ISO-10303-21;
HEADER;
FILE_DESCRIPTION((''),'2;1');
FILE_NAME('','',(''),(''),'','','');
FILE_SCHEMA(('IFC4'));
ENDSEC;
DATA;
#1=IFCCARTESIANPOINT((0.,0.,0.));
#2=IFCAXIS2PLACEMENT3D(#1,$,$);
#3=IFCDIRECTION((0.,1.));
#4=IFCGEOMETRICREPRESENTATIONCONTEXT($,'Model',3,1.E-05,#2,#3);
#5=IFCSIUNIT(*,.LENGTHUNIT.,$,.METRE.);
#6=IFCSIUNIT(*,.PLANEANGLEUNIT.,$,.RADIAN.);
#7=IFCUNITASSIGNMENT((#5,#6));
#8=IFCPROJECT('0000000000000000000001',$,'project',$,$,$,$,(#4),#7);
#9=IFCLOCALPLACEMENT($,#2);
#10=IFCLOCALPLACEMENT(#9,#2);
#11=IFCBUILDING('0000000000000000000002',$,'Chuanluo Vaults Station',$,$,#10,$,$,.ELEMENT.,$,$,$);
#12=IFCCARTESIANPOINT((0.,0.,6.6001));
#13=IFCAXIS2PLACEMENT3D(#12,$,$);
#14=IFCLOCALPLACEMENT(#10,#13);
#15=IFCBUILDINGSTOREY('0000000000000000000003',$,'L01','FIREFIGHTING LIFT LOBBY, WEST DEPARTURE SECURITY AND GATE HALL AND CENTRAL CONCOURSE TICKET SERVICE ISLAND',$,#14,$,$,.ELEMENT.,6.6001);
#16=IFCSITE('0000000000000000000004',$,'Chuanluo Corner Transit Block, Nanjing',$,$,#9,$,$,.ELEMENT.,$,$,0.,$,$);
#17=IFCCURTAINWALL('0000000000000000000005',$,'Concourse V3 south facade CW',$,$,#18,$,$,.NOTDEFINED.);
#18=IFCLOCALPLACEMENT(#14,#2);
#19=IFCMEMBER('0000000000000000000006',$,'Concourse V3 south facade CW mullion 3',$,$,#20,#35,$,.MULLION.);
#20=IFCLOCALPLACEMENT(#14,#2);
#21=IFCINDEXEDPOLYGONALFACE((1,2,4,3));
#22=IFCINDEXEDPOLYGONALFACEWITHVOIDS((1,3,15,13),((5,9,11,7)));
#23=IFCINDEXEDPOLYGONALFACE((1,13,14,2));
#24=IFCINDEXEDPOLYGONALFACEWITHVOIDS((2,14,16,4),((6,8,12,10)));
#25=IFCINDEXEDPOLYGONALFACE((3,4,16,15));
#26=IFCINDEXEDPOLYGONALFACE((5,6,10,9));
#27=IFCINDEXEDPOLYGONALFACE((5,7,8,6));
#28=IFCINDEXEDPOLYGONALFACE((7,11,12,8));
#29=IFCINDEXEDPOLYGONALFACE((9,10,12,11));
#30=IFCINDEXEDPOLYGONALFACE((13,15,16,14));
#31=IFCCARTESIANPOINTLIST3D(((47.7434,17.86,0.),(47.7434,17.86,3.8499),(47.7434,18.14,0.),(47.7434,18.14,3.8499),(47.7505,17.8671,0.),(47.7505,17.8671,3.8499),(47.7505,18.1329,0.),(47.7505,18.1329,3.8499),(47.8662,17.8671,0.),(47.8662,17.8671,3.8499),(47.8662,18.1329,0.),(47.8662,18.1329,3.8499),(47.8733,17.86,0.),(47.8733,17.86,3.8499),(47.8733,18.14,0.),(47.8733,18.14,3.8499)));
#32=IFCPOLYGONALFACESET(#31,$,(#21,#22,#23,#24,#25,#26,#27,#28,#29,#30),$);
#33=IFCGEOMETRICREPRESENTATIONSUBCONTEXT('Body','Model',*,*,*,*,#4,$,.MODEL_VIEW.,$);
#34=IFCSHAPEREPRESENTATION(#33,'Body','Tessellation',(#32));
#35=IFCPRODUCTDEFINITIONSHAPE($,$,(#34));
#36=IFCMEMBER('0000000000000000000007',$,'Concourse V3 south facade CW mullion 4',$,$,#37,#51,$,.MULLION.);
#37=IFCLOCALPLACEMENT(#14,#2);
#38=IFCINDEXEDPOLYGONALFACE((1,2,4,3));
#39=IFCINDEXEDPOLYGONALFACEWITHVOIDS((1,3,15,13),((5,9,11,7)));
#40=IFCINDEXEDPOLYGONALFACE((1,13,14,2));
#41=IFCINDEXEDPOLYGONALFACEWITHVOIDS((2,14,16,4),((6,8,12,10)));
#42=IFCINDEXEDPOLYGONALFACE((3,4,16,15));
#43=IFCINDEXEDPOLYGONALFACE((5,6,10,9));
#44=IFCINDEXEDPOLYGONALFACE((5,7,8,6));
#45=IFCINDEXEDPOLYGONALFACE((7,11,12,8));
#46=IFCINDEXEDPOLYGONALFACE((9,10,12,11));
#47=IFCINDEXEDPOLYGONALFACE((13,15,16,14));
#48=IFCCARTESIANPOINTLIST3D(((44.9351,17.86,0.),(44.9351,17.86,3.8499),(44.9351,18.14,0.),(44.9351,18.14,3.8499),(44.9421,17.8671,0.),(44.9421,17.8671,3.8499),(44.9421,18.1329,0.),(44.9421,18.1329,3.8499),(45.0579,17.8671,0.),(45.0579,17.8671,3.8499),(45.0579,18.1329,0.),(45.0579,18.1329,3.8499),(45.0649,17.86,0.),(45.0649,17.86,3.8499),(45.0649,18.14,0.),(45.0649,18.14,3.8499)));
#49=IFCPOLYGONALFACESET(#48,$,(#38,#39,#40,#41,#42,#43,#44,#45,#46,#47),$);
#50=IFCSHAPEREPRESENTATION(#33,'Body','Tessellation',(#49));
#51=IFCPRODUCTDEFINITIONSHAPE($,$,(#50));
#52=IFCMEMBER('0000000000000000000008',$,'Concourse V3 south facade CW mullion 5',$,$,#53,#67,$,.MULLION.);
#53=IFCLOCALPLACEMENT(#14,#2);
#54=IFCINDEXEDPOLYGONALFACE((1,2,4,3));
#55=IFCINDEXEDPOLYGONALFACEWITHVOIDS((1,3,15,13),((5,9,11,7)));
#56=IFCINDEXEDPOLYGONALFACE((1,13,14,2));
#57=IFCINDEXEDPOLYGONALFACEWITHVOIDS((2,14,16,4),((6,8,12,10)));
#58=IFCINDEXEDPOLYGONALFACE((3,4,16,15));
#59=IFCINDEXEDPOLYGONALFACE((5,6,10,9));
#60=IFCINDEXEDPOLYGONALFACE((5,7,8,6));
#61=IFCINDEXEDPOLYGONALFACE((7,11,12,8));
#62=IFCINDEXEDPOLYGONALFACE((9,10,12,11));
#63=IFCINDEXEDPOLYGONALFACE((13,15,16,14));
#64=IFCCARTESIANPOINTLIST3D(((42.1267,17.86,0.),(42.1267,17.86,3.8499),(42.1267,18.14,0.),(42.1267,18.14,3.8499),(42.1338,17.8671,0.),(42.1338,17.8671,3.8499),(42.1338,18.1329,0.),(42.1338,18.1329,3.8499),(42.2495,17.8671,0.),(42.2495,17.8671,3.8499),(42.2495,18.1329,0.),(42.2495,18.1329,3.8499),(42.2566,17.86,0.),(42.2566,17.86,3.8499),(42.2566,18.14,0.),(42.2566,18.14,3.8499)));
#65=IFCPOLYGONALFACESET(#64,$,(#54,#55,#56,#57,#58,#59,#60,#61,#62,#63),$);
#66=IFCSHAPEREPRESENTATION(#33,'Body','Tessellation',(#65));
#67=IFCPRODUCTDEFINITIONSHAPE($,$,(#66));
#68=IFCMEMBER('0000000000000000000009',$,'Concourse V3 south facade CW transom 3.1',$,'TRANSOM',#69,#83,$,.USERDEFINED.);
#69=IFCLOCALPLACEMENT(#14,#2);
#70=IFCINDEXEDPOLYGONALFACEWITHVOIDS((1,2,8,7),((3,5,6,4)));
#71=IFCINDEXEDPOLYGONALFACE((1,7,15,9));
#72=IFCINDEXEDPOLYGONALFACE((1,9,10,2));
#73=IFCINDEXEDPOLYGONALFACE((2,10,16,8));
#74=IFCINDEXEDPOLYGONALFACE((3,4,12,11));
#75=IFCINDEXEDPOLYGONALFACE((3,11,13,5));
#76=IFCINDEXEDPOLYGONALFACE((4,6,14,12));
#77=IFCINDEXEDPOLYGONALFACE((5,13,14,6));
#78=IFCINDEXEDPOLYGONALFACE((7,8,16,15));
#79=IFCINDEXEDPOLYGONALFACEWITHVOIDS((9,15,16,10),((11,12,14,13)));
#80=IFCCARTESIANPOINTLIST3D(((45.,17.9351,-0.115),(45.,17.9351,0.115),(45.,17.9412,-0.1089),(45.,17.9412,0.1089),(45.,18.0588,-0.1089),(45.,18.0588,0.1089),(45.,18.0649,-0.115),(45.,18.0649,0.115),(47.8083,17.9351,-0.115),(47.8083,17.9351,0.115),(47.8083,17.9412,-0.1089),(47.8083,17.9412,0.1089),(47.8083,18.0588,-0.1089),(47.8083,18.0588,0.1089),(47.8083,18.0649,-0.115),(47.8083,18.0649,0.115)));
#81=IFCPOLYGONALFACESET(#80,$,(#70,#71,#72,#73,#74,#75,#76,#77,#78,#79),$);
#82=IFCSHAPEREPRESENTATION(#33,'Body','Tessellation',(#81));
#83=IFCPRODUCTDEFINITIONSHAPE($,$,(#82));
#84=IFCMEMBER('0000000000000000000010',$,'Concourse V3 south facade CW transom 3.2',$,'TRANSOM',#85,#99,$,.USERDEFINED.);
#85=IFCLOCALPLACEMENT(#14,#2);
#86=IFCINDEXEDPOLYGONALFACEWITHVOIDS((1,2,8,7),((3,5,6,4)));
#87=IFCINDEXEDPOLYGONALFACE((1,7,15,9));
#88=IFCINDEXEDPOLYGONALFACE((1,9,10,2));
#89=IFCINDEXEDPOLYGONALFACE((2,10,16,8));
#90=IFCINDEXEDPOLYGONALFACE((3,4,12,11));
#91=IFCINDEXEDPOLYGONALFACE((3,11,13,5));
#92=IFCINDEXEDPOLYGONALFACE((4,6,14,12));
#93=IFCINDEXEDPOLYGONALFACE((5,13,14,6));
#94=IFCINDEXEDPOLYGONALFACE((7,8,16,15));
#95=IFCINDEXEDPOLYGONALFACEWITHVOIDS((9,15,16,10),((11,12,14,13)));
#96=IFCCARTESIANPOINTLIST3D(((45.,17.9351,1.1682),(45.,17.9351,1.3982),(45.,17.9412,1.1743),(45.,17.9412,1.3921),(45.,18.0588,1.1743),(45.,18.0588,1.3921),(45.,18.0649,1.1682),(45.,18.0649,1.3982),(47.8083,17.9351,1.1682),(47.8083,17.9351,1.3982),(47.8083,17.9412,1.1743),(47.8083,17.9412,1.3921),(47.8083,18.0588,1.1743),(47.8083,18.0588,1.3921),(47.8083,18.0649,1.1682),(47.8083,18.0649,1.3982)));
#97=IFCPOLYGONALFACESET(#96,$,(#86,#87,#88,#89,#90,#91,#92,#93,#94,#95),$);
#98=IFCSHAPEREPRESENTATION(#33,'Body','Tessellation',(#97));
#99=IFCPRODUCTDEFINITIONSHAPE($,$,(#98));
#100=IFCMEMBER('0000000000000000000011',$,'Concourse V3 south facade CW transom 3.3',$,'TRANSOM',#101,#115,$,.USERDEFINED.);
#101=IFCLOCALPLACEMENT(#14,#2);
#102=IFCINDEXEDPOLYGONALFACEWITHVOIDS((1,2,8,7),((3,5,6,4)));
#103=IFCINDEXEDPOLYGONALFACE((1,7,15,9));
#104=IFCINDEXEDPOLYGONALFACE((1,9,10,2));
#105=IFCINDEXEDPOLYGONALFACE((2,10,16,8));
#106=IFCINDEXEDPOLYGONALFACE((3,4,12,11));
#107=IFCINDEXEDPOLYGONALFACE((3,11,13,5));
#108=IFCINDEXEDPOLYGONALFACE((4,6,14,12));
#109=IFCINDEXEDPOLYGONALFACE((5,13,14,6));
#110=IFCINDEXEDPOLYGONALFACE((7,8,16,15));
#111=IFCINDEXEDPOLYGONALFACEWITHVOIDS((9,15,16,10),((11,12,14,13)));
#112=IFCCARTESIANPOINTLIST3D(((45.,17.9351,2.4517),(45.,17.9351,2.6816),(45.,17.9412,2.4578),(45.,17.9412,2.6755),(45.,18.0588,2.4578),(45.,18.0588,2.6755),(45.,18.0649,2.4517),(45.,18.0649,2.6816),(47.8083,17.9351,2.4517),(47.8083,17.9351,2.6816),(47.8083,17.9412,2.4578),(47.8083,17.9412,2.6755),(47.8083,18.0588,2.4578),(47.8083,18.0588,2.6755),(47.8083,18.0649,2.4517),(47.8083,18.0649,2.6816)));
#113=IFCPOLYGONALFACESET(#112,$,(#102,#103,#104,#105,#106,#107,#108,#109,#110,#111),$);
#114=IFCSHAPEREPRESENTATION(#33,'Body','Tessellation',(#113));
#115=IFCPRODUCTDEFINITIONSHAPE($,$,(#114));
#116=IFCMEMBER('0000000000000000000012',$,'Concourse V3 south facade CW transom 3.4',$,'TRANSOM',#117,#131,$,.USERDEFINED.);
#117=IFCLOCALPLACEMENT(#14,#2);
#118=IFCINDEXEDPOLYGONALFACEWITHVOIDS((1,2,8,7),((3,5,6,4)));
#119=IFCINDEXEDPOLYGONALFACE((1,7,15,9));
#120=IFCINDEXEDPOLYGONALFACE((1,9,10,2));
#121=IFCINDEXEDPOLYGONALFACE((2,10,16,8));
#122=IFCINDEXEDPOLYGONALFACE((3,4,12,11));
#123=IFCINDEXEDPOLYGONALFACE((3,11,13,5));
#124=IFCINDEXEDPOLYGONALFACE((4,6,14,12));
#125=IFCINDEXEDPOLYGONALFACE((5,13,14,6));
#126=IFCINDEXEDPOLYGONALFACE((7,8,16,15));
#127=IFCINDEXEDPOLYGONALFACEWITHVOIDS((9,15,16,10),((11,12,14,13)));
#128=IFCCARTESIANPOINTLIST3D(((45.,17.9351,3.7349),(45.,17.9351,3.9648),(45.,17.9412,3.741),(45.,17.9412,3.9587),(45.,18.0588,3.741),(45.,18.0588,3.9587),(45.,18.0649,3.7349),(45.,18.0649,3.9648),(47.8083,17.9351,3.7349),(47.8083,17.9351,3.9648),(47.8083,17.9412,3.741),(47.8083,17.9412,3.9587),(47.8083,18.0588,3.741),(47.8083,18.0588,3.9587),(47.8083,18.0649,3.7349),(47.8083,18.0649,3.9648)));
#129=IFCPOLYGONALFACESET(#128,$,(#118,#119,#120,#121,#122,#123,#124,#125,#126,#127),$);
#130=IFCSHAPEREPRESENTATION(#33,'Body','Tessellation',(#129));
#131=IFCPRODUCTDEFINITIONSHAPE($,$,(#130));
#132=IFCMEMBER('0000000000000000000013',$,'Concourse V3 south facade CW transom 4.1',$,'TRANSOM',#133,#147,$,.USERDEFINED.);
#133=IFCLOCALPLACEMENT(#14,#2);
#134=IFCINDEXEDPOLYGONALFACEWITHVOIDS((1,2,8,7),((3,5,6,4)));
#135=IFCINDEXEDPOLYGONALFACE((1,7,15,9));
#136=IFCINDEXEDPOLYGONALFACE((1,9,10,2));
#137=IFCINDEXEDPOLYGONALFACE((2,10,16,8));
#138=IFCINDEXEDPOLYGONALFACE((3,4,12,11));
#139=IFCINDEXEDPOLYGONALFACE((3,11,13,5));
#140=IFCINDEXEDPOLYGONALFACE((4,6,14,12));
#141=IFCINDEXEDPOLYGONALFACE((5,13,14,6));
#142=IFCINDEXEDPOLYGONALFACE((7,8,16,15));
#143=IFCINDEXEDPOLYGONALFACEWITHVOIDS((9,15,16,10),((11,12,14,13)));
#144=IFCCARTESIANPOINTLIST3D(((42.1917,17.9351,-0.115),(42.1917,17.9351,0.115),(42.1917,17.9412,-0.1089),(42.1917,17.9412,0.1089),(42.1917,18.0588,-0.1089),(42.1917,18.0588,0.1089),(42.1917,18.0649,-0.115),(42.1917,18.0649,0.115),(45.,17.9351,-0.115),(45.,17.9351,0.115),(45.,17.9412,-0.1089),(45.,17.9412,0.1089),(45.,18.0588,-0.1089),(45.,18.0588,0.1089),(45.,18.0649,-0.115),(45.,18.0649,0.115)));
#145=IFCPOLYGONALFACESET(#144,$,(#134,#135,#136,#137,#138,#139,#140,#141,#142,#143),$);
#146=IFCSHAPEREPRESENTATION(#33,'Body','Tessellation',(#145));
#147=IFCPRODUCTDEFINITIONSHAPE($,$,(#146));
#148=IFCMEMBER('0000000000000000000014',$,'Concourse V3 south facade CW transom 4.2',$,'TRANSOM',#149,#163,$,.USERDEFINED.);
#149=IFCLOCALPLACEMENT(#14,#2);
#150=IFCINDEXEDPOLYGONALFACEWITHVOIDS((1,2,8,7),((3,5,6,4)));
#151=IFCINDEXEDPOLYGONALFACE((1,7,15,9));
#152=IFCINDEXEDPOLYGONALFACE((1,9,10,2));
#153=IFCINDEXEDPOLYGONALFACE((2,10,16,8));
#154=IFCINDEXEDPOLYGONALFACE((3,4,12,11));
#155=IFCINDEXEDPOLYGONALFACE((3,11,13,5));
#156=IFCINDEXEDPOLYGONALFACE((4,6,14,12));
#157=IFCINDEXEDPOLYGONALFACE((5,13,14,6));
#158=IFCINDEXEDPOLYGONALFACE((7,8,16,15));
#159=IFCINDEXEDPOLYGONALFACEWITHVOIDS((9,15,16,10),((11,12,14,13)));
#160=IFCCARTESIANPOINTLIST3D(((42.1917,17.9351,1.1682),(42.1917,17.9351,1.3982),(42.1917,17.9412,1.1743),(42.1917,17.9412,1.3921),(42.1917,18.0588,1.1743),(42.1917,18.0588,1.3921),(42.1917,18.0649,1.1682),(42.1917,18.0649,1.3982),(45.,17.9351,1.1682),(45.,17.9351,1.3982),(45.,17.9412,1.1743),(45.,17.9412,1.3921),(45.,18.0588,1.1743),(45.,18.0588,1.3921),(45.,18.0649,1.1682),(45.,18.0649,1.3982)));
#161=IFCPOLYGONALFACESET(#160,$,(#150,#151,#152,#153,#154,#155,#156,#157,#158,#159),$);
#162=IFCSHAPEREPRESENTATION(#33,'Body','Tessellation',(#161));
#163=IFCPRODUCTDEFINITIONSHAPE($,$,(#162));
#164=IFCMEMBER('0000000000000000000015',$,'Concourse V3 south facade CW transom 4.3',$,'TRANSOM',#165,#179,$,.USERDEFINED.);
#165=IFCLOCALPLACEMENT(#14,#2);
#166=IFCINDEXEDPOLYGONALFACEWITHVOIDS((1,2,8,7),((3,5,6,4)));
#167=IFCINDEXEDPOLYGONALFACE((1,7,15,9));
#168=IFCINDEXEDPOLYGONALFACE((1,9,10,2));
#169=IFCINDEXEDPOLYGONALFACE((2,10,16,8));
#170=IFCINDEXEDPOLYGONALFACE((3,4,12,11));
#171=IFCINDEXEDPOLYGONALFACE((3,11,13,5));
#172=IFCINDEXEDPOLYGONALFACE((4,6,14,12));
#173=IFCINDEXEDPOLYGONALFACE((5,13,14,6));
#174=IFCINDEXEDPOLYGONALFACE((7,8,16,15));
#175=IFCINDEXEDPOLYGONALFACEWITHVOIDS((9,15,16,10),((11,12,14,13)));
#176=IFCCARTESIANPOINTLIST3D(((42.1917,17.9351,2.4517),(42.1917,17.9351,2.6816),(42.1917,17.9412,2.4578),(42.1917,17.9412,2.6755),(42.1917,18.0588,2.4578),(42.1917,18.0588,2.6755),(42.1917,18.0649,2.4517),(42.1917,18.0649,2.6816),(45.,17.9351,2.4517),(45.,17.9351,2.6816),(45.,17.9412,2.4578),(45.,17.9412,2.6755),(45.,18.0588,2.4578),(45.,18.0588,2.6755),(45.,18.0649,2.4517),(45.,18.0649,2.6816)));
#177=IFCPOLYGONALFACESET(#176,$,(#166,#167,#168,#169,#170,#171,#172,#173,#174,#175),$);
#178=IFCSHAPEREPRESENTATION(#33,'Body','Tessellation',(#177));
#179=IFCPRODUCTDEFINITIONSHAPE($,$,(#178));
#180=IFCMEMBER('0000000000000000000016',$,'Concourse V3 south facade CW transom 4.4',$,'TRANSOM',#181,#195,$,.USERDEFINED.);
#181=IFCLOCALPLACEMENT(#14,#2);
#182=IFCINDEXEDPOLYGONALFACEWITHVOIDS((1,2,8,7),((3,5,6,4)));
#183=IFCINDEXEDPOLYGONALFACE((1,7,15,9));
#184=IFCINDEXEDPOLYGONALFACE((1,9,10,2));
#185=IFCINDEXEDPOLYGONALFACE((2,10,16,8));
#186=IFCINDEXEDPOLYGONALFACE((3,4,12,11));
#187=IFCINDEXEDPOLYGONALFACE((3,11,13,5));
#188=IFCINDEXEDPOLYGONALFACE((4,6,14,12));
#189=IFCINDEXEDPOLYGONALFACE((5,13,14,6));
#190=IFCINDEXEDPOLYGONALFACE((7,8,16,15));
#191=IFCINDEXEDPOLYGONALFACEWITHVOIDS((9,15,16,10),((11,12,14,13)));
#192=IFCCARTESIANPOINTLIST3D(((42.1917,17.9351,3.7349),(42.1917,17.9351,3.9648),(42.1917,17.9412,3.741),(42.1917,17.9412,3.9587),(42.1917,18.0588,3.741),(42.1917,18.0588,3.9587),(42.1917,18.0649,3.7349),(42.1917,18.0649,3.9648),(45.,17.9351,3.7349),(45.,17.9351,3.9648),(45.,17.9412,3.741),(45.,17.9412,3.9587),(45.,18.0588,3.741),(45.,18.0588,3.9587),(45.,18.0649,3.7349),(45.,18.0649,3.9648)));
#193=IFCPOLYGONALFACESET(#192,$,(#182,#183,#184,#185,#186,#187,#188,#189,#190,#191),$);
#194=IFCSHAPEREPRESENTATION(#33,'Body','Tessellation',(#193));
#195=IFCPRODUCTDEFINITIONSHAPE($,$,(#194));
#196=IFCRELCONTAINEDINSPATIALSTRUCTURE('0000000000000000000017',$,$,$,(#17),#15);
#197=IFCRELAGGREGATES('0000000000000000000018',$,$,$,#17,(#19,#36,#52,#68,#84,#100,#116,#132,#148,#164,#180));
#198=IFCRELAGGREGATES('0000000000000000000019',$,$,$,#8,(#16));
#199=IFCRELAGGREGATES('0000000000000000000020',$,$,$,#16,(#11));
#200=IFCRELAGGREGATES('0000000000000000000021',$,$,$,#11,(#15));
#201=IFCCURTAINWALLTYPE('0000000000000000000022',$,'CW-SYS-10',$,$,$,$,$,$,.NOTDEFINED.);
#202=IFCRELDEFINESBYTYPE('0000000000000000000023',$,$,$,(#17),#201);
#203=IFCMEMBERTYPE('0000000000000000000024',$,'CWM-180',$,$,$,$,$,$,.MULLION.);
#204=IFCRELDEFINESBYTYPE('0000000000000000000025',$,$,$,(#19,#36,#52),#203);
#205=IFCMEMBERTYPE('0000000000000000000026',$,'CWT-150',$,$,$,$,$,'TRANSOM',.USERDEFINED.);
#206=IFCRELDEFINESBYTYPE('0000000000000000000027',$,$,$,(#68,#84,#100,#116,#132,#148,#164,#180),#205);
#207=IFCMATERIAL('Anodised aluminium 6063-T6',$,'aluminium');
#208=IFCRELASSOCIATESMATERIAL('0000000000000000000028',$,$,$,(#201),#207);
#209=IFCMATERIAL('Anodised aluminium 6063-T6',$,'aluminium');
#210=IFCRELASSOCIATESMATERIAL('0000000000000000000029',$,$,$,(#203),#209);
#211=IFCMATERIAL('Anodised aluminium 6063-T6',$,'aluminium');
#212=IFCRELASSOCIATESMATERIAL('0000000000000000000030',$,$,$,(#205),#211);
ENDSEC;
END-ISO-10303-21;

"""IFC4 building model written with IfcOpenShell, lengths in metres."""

from ifc_helpers import new_model, si_unit, direction, frame, origin, origin_2d, place, context, subcontext, project, spatial, hollow_rectangle, extrude, material, material_profile, profile_set, type_object, element, aggregate, save


model = new_model("IFC4")

# Units and contexts
model_context = context("Model", 3, precision=1e-05, world=origin(), true_north=direction((0.0, 1.0)))
body_context = subcontext(model_context, "Body", "Model", "MODEL_VIEW")
ifc_project = project(units=[si_unit("LENGTHUNIT", "METRE"), si_unit("PLANEANGLEUNIT", "RADIAN")], contexts=[model_context])

# Site, building, storey
site_placement = place(None, origin())
site = spatial("IfcSite", under=ifc_project, at=site_placement, Name="Chuanluo Corner Transit Block, Nanjing", CompositionType="ELEMENT", RefElevation=0.0)
building_placement = place(site_placement, origin())
building = spatial("IfcBuilding", under=site, at=building_placement, Name="Chuanluo Vaults Station", CompositionType="ELEMENT")
storey_placement = place(building_placement, frame((0.0, 0.0, 6.6001)))
storey = spatial("IfcBuildingStorey", under=building, at=storey_placement, Name="L01", Description="FIREFIGHTING LIFT LOBBY, WEST DEPARTURE SECURITY AND GATE HALL AND CENTRAL CONCOURSE TICKET SERVICE ISLAND", CompositionType="ELEMENT", Elevation=6.6001)

# Curtain wall, members
ifc_material_1 = material(Name="Anodised aluminium 6063-T6", Category="aluminium")
curtain_wall_type = type_object("IfcCurtainWallType", Name="CW-SYS-10", PredefinedType="NOTDEFINED", material=ifc_material_1)
curtain_wall_placement = place(storey_placement, origin())
curtain_wall = element("IfcCurtainWall", 1, at=curtain_wall_placement, inside=storey, type_object=curtain_wall_type, Name="Concourse V3 south facade CW", PredefinedType="NOTDEFINED")
ifc_material_2 = material(Name="Anodised aluminium 6063-T6", Category="aluminium")
ifc_material_profile_1 = material_profile(ifc_material_2, hollow_rectangle(XDim=0.1299, YDim=0.28, WallThickness=0.0071, at=origin_2d()))
ifc_profile_set_1 = profile_set([ifc_material_profile_1], Name="Anodised aluminium 6063-T6")
member_type_1 = type_object("IfcMemberType", Name="CWM-180", PredefinedType="MULLION", material=ifc_profile_set_1)
member_1_placement = place(storey_placement, frame((47.8083, 18.0, 0.0), z_axis=(0.0, 0.0, 1.0), x_axis=(-1.0, 0.0, 0.0)))
member_1 = element("IfcMember", 2, at=member_1_placement, type_object=member_type_1, Name="Concourse V3 south facade CW mullion 3", PredefinedType="MULLION", context=body_context, shape_type="SweptSolid", body=[
    extrude(hollow_rectangle(XDim=0.1299, YDim=0.28, WallThickness=0.0071, at=origin_2d()), origin(), (0.0, 0.0, 1.0), 3.8499),
])
member_2_placement = place(storey_placement, frame((45.0, 18.0, 0.0), z_axis=(0.0, 0.0, 1.0), x_axis=(-1.0, 0.0, 0.0)))
member_2 = element("IfcMember", 3, at=member_2_placement, type_object=member_type_1, Name="Concourse V3 south facade CW mullion 4", PredefinedType="MULLION", context=body_context, shape_type="SweptSolid", body=[
    extrude(hollow_rectangle(XDim=0.1299, YDim=0.28, WallThickness=0.0071, at=origin_2d()), origin(), (0.0, 0.0, 1.0), 3.8499),
])
member_3_placement = place(storey_placement, frame((42.1917, 18.0, 0.0), z_axis=(0.0, 0.0, 1.0), x_axis=(-1.0, 0.0, 0.0)))
member_3 = element("IfcMember", 4, at=member_3_placement, type_object=member_type_1, Name="Concourse V3 south facade CW mullion 5", PredefinedType="MULLION", context=body_context, shape_type="SweptSolid", body=[
    extrude(hollow_rectangle(XDim=0.1299, YDim=0.28, WallThickness=0.0071, at=origin_2d()), origin(), (0.0, 0.0, 1.0), 3.8499),
])
ifc_material_3 = material(Name="Anodised aluminium 6063-T6", Category="aluminium")
ifc_material_profile_2 = material_profile(ifc_material_3, hollow_rectangle(XDim=0.1299, YDim=0.23, WallThickness=0.0061, at=origin_2d()))
ifc_profile_set_2 = profile_set([ifc_material_profile_2], Name="Anodised aluminium 6063-T6")
member_type_2 = type_object("IfcMemberType", Name="CWT-150", ElementType="TRANSOM", PredefinedType="USERDEFINED", material=ifc_profile_set_2)
member_4_placement = place(storey_placement, frame((47.8083, 18.0, 0.0), z_axis=(-1.0, 0.0, 0.0), x_axis=(0.0, -1.0, 0.0)))
member_4 = element("IfcMember", 5, at=member_4_placement, type_object=member_type_2, Name="Concourse V3 south facade CW transom 3.1", ObjectType="TRANSOM", PredefinedType="USERDEFINED", context=body_context, shape_type="SweptSolid", body=[
    extrude(hollow_rectangle(XDim=0.1299, YDim=0.23, WallThickness=0.0061, at=origin_2d()), origin(), (0.0, 0.0, 1.0), 2.8083),
])
member_5_placement = place(storey_placement, frame((47.8083, 18.0, 1.2832), z_axis=(-1.0, 0.0, 0.0), x_axis=(0.0, -1.0, 0.0)))
member_5 = element("IfcMember", 6, at=member_5_placement, type_object=member_type_2, Name="Concourse V3 south facade CW transom 3.2", ObjectType="TRANSOM", PredefinedType="USERDEFINED", context=body_context, shape_type="SweptSolid", body=[
    extrude(hollow_rectangle(XDim=0.1299, YDim=0.23, WallThickness=0.0061, at=origin_2d()), origin(), (0.0, 0.0, 1.0), 2.8083),
])
member_6_placement = place(storey_placement, frame((47.8083, 18.0, 2.5667), z_axis=(-1.0, 0.0, 0.0), x_axis=(0.0, -1.0, 0.0)))
member_6 = element("IfcMember", 7, at=member_6_placement, type_object=member_type_2, Name="Concourse V3 south facade CW transom 3.3", ObjectType="TRANSOM", PredefinedType="USERDEFINED", context=body_context, shape_type="SweptSolid", body=[
    extrude(hollow_rectangle(XDim=0.1299, YDim=0.23, WallThickness=0.0061, at=origin_2d()), origin(), (0.0, 0.0, 1.0), 2.8083),
])
member_7_placement = place(storey_placement, frame((47.8083, 18.0, 3.8499), z_axis=(-1.0, 0.0, 0.0), x_axis=(0.0, -1.0, 0.0)))
member_7 = element("IfcMember", 8, at=member_7_placement, type_object=member_type_2, Name="Concourse V3 south facade CW transom 3.4", ObjectType="TRANSOM", PredefinedType="USERDEFINED", context=body_context, shape_type="SweptSolid", body=[
    extrude(hollow_rectangle(XDim=0.1299, YDim=0.23, WallThickness=0.0061, at=origin_2d()), origin(), (0.0, 0.0, 1.0), 2.8083),
])
member_8_placement = place(storey_placement, frame((45.0, 18.0, 0.0), z_axis=(-1.0, 0.0, 0.0), x_axis=(0.0, -1.0, 0.0)))
member_8 = element("IfcMember", 9, at=member_8_placement, type_object=member_type_2, Name="Concourse V3 south facade CW transom 4.1", ObjectType="TRANSOM", PredefinedType="USERDEFINED", context=body_context, shape_type="SweptSolid", body=[
    extrude(hollow_rectangle(XDim=0.1299, YDim=0.23, WallThickness=0.0061, at=origin_2d()), origin(), (0.0, 0.0, 1.0), 2.8083),
])
member_9_placement = place(storey_placement, frame((45.0, 18.0, 1.2832), z_axis=(-1.0, 0.0, 0.0), x_axis=(0.0, -1.0, 0.0)))
member_9 = element("IfcMember", 10, at=member_9_placement, type_object=member_type_2, Name="Concourse V3 south facade CW transom 4.2", ObjectType="TRANSOM", PredefinedType="USERDEFINED", context=body_context, shape_type="SweptSolid", body=[
    extrude(hollow_rectangle(XDim=0.1299, YDim=0.23, WallThickness=0.0061, at=origin_2d()), origin(), (0.0, 0.0, 1.0), 2.8083),
])
member_10_placement = place(storey_placement, frame((45.0, 18.0, 2.5667), z_axis=(-1.0, 0.0, 0.0), x_axis=(0.0, -1.0, 0.0)))
member_10 = element("IfcMember", 11, at=member_10_placement, type_object=member_type_2, Name="Concourse V3 south facade CW transom 4.3", ObjectType="TRANSOM", PredefinedType="USERDEFINED", context=body_context, shape_type="SweptSolid", body=[
    extrude(hollow_rectangle(XDim=0.1299, YDim=0.23, WallThickness=0.0061, at=origin_2d()), origin(), (0.0, 0.0, 1.0), 2.8083),
])
member_11_placement = place(storey_placement, frame((45.0, 18.0, 3.8499), z_axis=(-1.0, 0.0, 0.0), x_axis=(0.0, -1.0, 0.0)))
member_11 = element("IfcMember", 12, at=member_11_placement, type_object=member_type_2, Name="Concourse V3 south facade CW transom 4.4", ObjectType="TRANSOM", PredefinedType="USERDEFINED", context=body_context, shape_type="SweptSolid", body=[
    extrude(hollow_rectangle(XDim=0.1299, YDim=0.23, WallThickness=0.0061, at=origin_2d()), origin(), (0.0, 0.0, 1.0), 2.8083),
])

aggregate(curtain_wall, [member_1, member_2, member_3, member_4, member_5, member_6, member_7, member_8, member_9, member_10, member_11])

save(model, "model.ifc")
